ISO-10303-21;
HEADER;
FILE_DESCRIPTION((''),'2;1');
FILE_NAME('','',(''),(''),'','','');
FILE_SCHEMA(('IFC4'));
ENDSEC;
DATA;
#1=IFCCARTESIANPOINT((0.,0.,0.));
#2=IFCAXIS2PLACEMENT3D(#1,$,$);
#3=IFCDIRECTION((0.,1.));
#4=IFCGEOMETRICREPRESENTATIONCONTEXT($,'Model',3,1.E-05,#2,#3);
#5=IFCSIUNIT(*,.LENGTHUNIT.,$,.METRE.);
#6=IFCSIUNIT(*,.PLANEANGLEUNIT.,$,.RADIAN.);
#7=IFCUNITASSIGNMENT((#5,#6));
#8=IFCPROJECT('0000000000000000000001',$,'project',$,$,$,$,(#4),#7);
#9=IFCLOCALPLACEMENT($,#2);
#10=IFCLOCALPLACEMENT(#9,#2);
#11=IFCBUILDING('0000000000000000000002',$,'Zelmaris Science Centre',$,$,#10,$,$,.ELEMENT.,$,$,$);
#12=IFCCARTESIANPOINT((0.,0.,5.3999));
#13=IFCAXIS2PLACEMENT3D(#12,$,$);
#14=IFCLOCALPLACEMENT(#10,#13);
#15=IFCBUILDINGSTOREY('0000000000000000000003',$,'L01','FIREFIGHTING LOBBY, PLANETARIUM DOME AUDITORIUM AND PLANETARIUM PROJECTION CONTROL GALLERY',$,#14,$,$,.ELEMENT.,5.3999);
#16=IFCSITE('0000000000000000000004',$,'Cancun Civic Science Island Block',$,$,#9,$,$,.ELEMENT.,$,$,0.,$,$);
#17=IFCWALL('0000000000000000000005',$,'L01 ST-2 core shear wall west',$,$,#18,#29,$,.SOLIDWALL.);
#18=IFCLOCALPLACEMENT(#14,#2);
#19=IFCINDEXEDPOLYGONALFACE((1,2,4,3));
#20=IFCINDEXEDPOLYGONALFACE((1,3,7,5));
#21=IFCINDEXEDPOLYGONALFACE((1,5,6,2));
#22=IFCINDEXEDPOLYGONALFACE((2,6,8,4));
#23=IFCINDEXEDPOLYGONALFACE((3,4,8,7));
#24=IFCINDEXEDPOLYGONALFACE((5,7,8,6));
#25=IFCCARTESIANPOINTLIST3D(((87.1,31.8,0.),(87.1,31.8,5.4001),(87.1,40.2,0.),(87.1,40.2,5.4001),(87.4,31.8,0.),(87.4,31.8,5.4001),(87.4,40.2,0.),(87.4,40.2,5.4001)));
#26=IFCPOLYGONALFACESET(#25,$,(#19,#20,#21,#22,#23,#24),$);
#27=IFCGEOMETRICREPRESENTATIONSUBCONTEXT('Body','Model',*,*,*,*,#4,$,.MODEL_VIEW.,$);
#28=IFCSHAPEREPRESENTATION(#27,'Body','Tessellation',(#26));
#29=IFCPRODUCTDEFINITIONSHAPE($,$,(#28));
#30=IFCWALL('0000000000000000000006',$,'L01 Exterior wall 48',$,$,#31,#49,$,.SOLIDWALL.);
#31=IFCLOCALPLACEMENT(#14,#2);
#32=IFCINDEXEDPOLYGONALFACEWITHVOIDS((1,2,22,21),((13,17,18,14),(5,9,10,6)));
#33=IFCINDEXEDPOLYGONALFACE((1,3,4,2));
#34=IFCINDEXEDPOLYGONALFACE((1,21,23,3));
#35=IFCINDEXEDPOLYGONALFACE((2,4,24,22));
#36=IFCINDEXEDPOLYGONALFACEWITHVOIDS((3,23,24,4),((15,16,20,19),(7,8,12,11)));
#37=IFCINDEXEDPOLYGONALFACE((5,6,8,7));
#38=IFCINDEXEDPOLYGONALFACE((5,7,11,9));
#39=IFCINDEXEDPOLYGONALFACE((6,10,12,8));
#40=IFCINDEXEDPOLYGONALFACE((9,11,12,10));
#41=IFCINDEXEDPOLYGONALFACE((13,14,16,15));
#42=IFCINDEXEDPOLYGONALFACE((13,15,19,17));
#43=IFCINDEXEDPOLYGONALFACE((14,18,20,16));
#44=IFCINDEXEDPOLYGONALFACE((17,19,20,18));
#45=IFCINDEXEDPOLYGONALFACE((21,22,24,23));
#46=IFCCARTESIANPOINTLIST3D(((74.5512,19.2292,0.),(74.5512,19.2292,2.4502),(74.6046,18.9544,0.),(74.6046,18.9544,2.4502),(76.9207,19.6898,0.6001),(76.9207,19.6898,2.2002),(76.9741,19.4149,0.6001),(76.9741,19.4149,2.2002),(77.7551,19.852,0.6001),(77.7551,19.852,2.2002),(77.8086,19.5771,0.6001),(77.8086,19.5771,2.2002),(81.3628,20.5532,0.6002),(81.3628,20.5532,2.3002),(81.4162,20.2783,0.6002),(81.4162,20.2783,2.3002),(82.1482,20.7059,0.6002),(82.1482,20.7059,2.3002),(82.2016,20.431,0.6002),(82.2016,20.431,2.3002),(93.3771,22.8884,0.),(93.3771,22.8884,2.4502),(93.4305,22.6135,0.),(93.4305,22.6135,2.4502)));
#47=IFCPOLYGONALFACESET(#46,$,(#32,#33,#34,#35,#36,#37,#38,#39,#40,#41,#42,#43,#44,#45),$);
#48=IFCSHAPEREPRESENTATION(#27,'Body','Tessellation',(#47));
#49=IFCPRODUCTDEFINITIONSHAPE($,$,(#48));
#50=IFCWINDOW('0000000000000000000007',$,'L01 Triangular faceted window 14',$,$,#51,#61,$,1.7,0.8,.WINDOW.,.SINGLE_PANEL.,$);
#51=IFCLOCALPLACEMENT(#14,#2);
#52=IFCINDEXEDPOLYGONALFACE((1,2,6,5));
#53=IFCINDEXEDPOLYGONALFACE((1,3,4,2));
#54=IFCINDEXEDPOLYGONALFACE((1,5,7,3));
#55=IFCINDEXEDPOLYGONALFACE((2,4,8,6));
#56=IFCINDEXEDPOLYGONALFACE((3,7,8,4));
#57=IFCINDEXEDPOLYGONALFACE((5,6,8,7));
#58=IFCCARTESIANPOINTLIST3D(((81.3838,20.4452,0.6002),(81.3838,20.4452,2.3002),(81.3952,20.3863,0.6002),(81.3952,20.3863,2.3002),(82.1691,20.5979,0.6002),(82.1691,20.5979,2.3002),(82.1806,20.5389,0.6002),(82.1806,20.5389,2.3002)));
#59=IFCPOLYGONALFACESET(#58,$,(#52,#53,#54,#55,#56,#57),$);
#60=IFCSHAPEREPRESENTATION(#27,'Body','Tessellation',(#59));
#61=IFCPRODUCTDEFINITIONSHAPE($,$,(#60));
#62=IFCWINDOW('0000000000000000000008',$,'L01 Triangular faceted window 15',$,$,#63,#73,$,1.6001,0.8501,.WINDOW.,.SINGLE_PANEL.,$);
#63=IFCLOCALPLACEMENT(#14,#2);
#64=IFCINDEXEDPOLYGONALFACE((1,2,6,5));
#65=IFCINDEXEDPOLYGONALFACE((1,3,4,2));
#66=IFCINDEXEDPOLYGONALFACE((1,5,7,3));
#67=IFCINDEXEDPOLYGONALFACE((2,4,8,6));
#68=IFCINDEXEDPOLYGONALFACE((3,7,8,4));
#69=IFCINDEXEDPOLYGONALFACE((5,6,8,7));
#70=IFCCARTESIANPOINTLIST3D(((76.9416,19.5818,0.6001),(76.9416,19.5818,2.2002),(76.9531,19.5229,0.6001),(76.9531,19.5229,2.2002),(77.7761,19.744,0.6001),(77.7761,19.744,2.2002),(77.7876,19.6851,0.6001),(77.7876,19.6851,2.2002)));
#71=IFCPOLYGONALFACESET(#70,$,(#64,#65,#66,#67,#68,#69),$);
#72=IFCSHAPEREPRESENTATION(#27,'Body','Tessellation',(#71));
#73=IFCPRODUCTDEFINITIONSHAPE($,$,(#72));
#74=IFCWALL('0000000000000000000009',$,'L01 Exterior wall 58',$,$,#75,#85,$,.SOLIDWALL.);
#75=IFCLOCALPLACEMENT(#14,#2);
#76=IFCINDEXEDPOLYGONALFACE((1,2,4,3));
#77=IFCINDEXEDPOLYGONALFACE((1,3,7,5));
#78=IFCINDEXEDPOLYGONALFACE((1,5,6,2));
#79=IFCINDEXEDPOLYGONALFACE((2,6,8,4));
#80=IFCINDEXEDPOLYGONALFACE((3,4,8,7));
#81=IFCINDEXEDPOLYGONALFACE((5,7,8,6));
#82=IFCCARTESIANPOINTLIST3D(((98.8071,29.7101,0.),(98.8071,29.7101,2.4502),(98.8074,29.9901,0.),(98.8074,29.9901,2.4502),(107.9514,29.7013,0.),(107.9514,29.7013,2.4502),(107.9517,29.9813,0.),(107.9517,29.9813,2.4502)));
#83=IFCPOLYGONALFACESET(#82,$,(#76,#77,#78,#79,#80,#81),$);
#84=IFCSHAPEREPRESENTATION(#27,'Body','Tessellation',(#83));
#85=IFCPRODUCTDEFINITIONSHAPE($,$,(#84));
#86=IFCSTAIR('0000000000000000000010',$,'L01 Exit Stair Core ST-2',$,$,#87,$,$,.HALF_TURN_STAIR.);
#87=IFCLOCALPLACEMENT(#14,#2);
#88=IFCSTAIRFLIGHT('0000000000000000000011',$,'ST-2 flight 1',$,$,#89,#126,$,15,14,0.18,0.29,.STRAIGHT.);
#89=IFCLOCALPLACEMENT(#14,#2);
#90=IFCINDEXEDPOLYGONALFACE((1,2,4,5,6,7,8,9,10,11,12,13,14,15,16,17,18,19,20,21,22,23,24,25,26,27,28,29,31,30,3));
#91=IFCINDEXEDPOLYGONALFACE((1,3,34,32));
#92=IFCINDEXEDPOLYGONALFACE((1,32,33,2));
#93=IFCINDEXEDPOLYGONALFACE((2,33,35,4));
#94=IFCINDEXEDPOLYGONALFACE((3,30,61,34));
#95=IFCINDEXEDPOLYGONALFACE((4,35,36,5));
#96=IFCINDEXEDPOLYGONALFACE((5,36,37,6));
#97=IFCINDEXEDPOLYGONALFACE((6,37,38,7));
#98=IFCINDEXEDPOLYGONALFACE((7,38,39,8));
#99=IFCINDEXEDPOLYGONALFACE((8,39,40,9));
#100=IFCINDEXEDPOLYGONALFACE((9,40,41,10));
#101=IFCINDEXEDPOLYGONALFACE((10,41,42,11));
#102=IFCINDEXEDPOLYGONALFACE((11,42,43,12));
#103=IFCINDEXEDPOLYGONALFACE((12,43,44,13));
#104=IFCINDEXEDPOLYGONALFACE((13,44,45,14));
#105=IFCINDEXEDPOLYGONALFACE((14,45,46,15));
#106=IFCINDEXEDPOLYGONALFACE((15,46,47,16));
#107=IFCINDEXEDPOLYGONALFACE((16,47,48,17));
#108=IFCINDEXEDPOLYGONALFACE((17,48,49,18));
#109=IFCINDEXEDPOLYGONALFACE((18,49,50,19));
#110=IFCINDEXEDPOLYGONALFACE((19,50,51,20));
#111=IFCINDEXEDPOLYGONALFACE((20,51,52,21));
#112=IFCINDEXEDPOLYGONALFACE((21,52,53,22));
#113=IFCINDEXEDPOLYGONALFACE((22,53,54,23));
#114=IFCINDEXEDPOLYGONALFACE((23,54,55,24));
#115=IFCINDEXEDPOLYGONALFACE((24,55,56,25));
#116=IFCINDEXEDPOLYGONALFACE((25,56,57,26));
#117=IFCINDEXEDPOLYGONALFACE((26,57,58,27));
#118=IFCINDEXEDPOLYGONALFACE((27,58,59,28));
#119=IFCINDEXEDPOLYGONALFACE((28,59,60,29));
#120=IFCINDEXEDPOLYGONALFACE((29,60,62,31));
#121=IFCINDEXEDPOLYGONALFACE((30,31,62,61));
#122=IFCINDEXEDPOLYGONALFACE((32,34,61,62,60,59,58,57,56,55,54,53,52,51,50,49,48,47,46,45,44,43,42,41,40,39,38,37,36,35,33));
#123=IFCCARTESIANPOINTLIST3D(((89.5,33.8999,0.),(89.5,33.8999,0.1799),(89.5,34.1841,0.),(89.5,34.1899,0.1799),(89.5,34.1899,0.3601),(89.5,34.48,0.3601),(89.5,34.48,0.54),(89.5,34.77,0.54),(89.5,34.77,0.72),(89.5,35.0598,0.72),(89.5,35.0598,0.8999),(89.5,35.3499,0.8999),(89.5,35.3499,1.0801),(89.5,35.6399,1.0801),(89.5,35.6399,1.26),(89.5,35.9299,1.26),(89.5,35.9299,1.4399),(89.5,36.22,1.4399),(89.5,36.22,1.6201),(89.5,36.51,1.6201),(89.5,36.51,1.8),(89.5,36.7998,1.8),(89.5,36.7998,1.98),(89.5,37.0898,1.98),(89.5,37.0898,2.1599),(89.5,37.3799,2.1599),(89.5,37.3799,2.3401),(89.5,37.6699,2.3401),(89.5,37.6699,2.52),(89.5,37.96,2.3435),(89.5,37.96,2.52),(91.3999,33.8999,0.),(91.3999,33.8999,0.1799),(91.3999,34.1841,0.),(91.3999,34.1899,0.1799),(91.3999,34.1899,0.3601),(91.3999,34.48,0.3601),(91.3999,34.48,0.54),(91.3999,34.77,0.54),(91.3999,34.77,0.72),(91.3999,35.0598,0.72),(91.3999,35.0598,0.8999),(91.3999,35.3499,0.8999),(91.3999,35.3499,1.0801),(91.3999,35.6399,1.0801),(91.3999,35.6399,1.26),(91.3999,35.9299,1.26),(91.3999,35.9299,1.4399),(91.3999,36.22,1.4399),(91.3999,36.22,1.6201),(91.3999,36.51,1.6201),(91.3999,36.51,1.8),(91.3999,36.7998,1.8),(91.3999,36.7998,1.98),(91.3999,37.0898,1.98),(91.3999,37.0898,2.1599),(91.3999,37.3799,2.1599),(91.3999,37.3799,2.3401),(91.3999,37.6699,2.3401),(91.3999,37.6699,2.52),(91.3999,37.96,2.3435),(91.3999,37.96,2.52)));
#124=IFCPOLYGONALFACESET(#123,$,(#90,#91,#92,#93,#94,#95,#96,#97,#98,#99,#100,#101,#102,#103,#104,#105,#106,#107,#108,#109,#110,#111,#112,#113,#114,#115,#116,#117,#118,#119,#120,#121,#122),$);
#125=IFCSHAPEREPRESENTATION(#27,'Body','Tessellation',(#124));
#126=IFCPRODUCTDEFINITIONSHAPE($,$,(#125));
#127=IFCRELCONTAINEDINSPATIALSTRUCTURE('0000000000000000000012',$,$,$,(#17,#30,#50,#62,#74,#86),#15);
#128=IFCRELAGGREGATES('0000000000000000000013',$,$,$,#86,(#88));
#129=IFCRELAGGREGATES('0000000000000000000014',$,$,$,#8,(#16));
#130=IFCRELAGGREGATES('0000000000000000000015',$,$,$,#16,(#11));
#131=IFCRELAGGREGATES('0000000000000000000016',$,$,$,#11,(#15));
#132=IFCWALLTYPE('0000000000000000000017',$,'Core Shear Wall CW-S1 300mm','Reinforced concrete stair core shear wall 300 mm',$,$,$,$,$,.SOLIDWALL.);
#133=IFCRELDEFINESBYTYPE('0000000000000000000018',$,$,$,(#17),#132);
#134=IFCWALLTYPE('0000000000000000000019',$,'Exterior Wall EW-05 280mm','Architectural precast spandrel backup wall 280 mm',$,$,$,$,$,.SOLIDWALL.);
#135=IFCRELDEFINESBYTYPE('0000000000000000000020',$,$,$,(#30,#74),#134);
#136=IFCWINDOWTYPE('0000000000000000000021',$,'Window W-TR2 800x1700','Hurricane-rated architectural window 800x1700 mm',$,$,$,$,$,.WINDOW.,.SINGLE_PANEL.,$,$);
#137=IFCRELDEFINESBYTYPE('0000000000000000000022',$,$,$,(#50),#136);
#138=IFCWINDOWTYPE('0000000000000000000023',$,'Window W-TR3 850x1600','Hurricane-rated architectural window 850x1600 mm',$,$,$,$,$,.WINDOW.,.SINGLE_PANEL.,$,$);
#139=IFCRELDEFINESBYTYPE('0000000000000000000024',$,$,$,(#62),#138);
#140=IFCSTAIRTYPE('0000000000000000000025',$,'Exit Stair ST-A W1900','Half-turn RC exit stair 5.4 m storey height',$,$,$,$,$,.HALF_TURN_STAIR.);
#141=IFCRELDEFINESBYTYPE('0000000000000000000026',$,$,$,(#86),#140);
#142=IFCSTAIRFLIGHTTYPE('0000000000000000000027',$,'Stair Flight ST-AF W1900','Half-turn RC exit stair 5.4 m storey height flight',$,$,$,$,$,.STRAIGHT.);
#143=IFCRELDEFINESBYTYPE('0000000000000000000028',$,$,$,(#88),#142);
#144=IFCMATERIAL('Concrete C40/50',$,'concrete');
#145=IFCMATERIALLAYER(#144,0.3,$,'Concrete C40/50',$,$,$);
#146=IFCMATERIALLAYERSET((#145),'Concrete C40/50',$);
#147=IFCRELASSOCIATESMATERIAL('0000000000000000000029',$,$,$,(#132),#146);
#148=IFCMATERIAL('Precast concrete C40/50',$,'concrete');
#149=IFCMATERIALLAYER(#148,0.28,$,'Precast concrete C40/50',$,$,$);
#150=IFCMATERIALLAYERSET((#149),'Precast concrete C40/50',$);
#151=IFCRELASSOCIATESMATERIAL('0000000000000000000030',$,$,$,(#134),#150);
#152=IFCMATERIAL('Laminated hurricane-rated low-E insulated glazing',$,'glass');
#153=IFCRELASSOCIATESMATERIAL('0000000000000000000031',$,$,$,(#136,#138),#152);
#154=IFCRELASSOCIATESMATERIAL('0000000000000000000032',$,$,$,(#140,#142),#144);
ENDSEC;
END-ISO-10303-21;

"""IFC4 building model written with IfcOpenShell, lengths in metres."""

from ifc_helpers import new_model, si_unit, direction, frame, frame_2d, origin, place, context, subcontext, project, spatial, polyline, rectangle, outline, extrude, material, layer, layer_set, type_object, element, fill, aggregate, save


model = new_model("IFC4")

# Units and contexts
model_context = context("Model", 3, precision=1e-05, world=origin(), true_north=direction((0.0, 1.0)))
body_context = subcontext(model_context, "Body", "Model", "MODEL_VIEW")
ifc_project = project(units=[si_unit("LENGTHUNIT", "METRE"), si_unit("PLANEANGLEUNIT", "RADIAN")], contexts=[model_context])

# Site, building, storey
site_placement = place(None, origin())
site = spatial("IfcSite", under=ifc_project, at=site_placement, Name="Cancun Civic Science Island Block", CompositionType="ELEMENT", RefElevation=0.0)
building_placement = place(site_placement, origin())
building = spatial("IfcBuilding", under=site, at=building_placement, Name="Zelmaris Science Centre", CompositionType="ELEMENT")
storey_placement = place(building_placement, frame((0.0, 0.0, 5.3999)))
storey = spatial("IfcBuildingStorey", under=building, at=storey_placement, Name="L01", Description="FIREFIGHTING LOBBY, PLANETARIUM DOME AUDITORIUM AND PLANETARIUM PROJECTION CONTROL GALLERY", CompositionType="ELEMENT", Elevation=5.3999)

# Shared definitions
ifc_material_1 = material(Name="Precast concrete C40/50", Category="concrete")

# Shared definitions
ifc_material_2 = material(Name="Concrete C40/50", Category="concrete")
ifc_layer_1 = layer(ifc_material_2, 0.3, Name="Concrete C40/50")
ifc_layer_set_1 = layer_set([ifc_layer_1], Name="Concrete C40/50")
wall_type_1 = type_object("IfcWallType", Name="Core Shear Wall CW-S1 300mm", Description="Reinforced concrete stair core shear wall 300 mm", PredefinedType="SOLIDWALL", material=ifc_layer_set_1)

# Wall
for number, where, z_axis, x_axis, name in (
    (1, (87.25, 31.8, 0.0), (0.0, 0.0, 1.0), (0.0, 1.0, 0.0), "L01 ST-2 core shear wall west"),
):
    element("IfcWall", number, at=place(storey_placement, frame(where, z_axis=z_axis, x_axis=x_axis)), inside=storey, type_object=wall_type_1, Name=name, PredefinedType="SOLIDWALL", context=body_context, shape_type="SweptSolid", body=[
        extrude(rectangle(XDim=8.3999, YDim=0.3, at=frame_2d((4.2, 0.0))), origin(), (0.0, 0.0, 1.0), 5.4001),
    ])

# Wall, openings, windows
ifc_layer_2 = layer(ifc_material_1, 0.28, Name="Precast concrete C40/50")
ifc_layer_set_2 = layer_set([ifc_layer_2], Name="Precast concrete C40/50")
wall_type_2 = type_object("IfcWallType", Name="Exterior Wall EW-05 280mm", Description="Architectural precast spandrel backup wall 280 mm", PredefinedType="SOLIDWALL", material=ifc_layer_set_2)
wall_1_placement = place(storey_placement, frame((93.4038, 22.751, 0.0), z_axis=(0.0, 0.0, 1.0), x_axis=(-0.981629, -0.190798, 0.0)))
wall_1 = element("IfcWall", 2, at=wall_1_placement, inside=storey, type_object=wall_type_2, Name="L01 Exterior wall 48", PredefinedType="SOLIDWALL", context=body_context, shape_type="SweptSolid", body=[
    extrude(rectangle(XDim=19.1782, YDim=0.28, at=frame_2d((9.5891, 0.0))), origin(), (0.0, 0.0, 1.0), 2.4502),
])
opening_1_placement = place(wall_1_placement, frame((11.4392, 0.0, 0.6001)))
opening_1 = element("IfcOpeningElement", 3, at=opening_1_placement, cuts=wall_1, PredefinedType="OPENING", context=body_context, shape_type="SweptSolid", body=[
    extrude(rectangle(XDim=0.8, YDim=1.7, at=frame_2d((0.3999, 0.8501))), frame((0.0, 0.1499, 0.0), z_axis=(0.0, -1.0, 0.0), x_axis=(1.0, 0.0, 0.0)), (0.0, 0.0, 1.0), 0.3),
])
opening_2_placement = place(wall_1_placement, frame((15.9143, 0.0, 0.6001)))
opening_2 = element("IfcOpeningElement", 4, at=opening_2_placement, cuts=wall_1, PredefinedType="OPENING", context=body_context, shape_type="SweptSolid", body=[
    extrude(rectangle(XDim=0.8501, YDim=1.6001, at=frame_2d((0.425, 0.8))), frame((0.0, 0.1499, 0.0), z_axis=(0.0, -1.0, 0.0), x_axis=(1.0, 0.0, 0.0)), (0.0, 0.0, 1.0), 0.3),
])
ifc_material_3 = material(Name="Laminated hurricane-rated low-E insulated glazing", Category="glass")
window_type_1 = type_object("IfcWindowType", Name="Window W-TR2 800x1700", Description="Hurricane-rated architectural window 800x1700 mm", PartitioningType="SINGLE_PANEL", PredefinedType="WINDOW", material=ifc_material_3)
window_1_placement = place(opening_1_placement, origin())
window_1 = element("IfcWindow", 5, at=window_1_placement, inside=storey, type_object=window_type_1, Name="L01 Triangular faceted window 14", OverallHeight=1.7, OverallWidth=0.8, PartitioningType="SINGLE_PANEL", PredefinedType="WINDOW", context=body_context, shape_type="SweptSolid", body=[
    extrude(rectangle(XDim=0.8, YDim=1.7, at=frame_2d((0.3999, 0.8501))), frame((0.0, 0.03, 0.0), z_axis=(0.0, -1.0, 0.0), x_axis=(1.0, 0.0, 0.0)), (0.0, 0.0, 1.0), 0.0601),
])
fill(opening_1, window_1)
window_type_2 = type_object("IfcWindowType", Name="Window W-TR3 850x1600", Description="Hurricane-rated architectural window 850x1600 mm", PartitioningType="SINGLE_PANEL", PredefinedType="WINDOW", material=ifc_material_3)
window_2_placement = place(opening_2_placement, origin())
window_2 = element("IfcWindow", 6, at=window_2_placement, inside=storey, type_object=window_type_2, Name="L01 Triangular faceted window 15", OverallHeight=1.6001, OverallWidth=0.8501, PartitioningType="SINGLE_PANEL", PredefinedType="WINDOW", context=body_context, shape_type="SweptSolid", body=[
    extrude(rectangle(XDim=0.8501, YDim=1.6001, at=frame_2d((0.425, 0.8))), frame((0.0, 0.03, 0.0), z_axis=(0.0, -1.0, 0.0), x_axis=(1.0, 0.0, 0.0)), (0.0, 0.0, 1.0), 0.0601),
])
fill(opening_2, window_2)

# Wall
wall_2_placement = place(storey_placement, frame((98.8071, 29.8501, 0.0), z_axis=(0.0, 0.0, 1.0), x_axis=(1.0, -0.000961, 0.0)))
element("IfcWall", 7, at=wall_2_placement, inside=storey, type_object=wall_type_2, Name="L01 Exterior wall 58", PredefinedType="SOLIDWALL", context=body_context, shape_type="SweptSolid", body=[
    extrude(rectangle(XDim=9.1443, YDim=0.28, at=frame_2d((4.5723, 0.0))), origin(), (0.0, 0.0, 1.0), 2.4502),
])

# Stair, stair flight
stair_type = type_object("IfcStairType", Name="Exit Stair ST-A W1900", Description="Half-turn RC exit stair 5.4 m storey height", PredefinedType="HALF_TURN_STAIR", material=ifc_material_2)
stair_placement = place(storey_placement, origin())
stair = element("IfcStair", 8, at=stair_placement, inside=storey, type_object=stair_type, Name="L01 Exit Stair Core ST-2", PredefinedType="HALF_TURN_STAIR")
stair_flight_type = type_object("IfcStairFlightType", Name="Stair Flight ST-AF W1900", Description="Half-turn RC exit stair 5.4 m storey height flight", PredefinedType="STRAIGHT", material=ifc_material_2)
stair_flight_placement = place(storey_placement, frame((90.45, 33.8999, 0.0), z_axis=(0.0, 0.0, 1.0), x_axis=(0.0, 1.0, 0.0)))
stair_flight = element("IfcStairFlight", 9, at=stair_flight_placement, type_object=stair_flight_type, Name="ST-2 flight 1", NumberOfRisers=15, NumberOfTreads=14, PredefinedType="STRAIGHT", RiserHeight=0.18, TreadLength=0.29, context=body_context, shape_type="SweptSolid", body=[
    extrude(outline(polyline([(0.0, 0.0), (0.0, 0.1799), (0.29, 0.1799), (0.29, 0.3601), (0.5801, 0.3601), (0.5801, 0.54), (0.8701, 0.54), (0.8701, 0.72), (1.1599, 0.72), (1.1599, 0.8999), (1.45, 0.8999), (1.45, 1.0801), (1.74, 1.0801), (1.74, 1.26), (2.03, 1.26), (2.03, 1.4399), (2.3201, 1.4399), (2.3201, 1.6201), (2.6101, 1.6201), (2.6101, 1.8), (2.8999, 1.8), (2.8999, 1.98), (3.1899, 1.98), (3.1899, 2.1599), (3.48, 2.1599), (3.48, 2.3401), (3.77, 2.3401), (3.77, 2.52), (4.0601, 2.52), (4.0601, 2.7), (4.0601, 2.3435), (0.2842, 0.0), (0.0, 0.0)])), frame((0.0, 0.95, 0.0), z_axis=(0.0, -1.0, 0.0), x_axis=(1.0, 0.0, 0.0)), (0.0, 0.0, 1.0), 1.8999),
])
aggregate(stair, [stair_flight])

save(model, "model.ifc")
